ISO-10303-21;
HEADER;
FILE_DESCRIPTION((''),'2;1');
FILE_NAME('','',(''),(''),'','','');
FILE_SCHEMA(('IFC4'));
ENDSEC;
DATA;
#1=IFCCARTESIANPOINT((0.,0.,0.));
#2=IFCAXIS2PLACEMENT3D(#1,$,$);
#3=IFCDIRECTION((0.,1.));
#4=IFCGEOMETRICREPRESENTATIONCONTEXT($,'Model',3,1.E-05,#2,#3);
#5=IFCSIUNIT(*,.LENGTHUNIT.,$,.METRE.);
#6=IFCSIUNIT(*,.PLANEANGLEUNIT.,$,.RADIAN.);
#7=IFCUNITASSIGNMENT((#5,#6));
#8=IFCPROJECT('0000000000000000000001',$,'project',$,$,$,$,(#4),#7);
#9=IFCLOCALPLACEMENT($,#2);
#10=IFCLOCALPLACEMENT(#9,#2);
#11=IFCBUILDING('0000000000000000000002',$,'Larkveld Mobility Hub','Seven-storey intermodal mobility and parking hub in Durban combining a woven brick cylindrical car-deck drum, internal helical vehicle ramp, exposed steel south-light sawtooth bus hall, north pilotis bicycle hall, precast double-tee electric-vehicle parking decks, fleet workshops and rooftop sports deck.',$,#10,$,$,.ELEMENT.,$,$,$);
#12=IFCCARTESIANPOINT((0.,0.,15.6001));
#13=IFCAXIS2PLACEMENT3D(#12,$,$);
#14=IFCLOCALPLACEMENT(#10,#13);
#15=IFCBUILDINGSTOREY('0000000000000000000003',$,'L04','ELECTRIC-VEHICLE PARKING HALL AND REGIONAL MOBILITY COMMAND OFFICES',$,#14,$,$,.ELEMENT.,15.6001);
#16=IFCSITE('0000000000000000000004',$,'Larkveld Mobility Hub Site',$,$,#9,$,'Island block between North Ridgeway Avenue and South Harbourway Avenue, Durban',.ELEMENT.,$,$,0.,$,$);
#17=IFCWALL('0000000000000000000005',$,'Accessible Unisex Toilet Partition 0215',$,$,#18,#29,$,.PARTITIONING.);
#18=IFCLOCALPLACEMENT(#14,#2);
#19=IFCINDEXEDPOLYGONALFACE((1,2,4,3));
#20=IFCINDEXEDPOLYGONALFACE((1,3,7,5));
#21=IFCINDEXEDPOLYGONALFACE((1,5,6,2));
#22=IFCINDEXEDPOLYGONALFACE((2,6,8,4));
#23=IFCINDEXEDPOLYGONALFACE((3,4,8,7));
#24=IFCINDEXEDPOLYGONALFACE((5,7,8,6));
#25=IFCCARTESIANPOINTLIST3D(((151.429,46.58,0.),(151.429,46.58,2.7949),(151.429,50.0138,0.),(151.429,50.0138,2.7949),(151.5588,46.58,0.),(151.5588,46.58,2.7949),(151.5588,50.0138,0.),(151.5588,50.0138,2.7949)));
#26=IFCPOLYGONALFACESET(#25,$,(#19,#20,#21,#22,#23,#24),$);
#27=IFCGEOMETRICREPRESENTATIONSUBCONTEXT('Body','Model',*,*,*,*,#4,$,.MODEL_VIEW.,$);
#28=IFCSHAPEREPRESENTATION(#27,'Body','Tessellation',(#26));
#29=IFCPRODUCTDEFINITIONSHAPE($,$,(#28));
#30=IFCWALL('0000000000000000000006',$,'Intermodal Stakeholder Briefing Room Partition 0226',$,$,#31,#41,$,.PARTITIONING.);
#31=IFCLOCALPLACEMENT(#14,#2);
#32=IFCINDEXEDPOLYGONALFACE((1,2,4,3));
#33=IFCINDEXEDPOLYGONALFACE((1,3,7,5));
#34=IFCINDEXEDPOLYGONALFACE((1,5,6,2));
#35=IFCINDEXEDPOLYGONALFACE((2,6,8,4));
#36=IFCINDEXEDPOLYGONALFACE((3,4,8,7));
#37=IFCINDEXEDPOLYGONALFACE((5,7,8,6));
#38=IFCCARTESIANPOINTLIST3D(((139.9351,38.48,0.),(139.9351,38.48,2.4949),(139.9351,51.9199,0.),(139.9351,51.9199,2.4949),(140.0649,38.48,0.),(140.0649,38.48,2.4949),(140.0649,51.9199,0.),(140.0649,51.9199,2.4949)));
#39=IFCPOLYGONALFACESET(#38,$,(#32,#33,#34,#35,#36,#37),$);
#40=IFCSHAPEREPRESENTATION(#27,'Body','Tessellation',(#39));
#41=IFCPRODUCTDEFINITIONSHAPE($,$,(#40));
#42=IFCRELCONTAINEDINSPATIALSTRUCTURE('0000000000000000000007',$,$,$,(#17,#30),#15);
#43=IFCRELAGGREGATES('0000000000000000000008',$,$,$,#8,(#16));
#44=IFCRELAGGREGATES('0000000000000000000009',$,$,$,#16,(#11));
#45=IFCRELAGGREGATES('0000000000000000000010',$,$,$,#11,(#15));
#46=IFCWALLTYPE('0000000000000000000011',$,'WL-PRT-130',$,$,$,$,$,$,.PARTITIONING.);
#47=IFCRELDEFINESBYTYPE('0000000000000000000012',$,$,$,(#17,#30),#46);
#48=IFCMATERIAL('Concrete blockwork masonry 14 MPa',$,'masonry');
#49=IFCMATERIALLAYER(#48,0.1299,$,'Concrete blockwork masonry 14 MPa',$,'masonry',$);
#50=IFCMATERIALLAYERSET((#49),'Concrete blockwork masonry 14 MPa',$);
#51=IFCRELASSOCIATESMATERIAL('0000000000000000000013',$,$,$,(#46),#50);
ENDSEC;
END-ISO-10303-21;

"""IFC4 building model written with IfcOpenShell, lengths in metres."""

from ifc_helpers import new_model, si_unit, direction, frame, frame_2d, origin, place, context, subcontext, project, spatial, rectangle, extrude, material, layer, layer_set, type_object, element, save


model = new_model("IFC4")

# Units and contexts
model_context = context("Model", 3, precision=1e-05, world=origin(), true_north=direction((0.0, 1.0)))
body_context = subcontext(model_context, "Body", "Model", "MODEL_VIEW")
ifc_project = project(units=[si_unit("LENGTHUNIT", "METRE"), si_unit("PLANEANGLEUNIT", "RADIAN")], contexts=[model_context])

# Site, building, storey
site_placement = place(None, origin())
site = spatial("IfcSite", under=ifc_project, at=site_placement, Name="Larkveld Mobility Hub Site", LongName="Island block between North Ridgeway Avenue and South Harbourway Avenue, Durban", CompositionType="ELEMENT", RefElevation=0.0)
building_placement = place(site_placement, origin())
building = spatial("IfcBuilding", under=site, at=building_placement, Name="Larkveld Mobility Hub", Description="Seven-storey intermodal mobility and parking hub in Durban combining a woven brick cylindrical car-deck drum, internal helical vehicle ramp, exposed steel south-light sawtooth bus hall, north pilotis bicycle hall, precast double-tee electric-vehicle parking decks, fleet workshops and rooftop sports deck.", CompositionType="ELEMENT")
storey_placement = place(building_placement, frame((0.0, 0.0, 15.6001)))
storey = spatial("IfcBuildingStorey", under=building, at=storey_placement, Name="L04", Description="ELECTRIC-VEHICLE PARKING HALL AND REGIONAL MOBILITY COMMAND OFFICES", CompositionType="ELEMENT", Elevation=15.6001)

# Shared definitions
ifc_material_1 = material(Name="Concrete blockwork masonry 14 MPa", Category="masonry")

# Shared definitions
ifc_layer_1 = layer(ifc_material_1, 0.1299, Name="Concrete blockwork masonry 14 MPa", Category="masonry")
ifc_layer_set_1 = layer_set([ifc_layer_1], Name="Concrete blockwork masonry 14 MPa")
wall_type_1 = type_object("IfcWallType", Name="WL-PRT-130", PredefinedType="PARTITIONING", material=ifc_layer_set_1)

# Walls
wall_1_placement = place(storey_placement, frame((151.4939, 46.5801, 0.0), z_axis=(0.0, 0.0, 1.0), x_axis=(0.0, 1.0, 0.0)))
element("IfcWall", 1, at=wall_1_placement, inside=storey, type_object=wall_type_1, Name="Accessible Unisex Toilet Partition 0215", PredefinedType="PARTITIONING", context=body_context, shape_type="SweptSolid", body=[
    extrude(rectangle(XDim=3.4338, YDim=0.1299, at=frame_2d((1.7168, 0.0))), origin(), (0.0, 0.0, 1.0), 2.7949),
])
wall_2_placement = place(storey_placement, frame((140.0, 38.48, 0.0), z_axis=(0.0, 0.0, 1.0), x_axis=(0.0, 1.0, 0.0)))
element("IfcWall", 2, at=wall_2_placement, inside=storey, type_object=wall_type_1, Name="Intermodal Stakeholder Briefing Room Partition 0226", PredefinedType="PARTITIONING", context=body_context, shape_type="SweptSolid", body=[
    extrude(rectangle(XDim=13.4399, YDim=0.1299, at=frame_2d((6.72, 0.0))), origin(), (0.0, 0.0, 1.0), 2.4949),
])

save(model, "model.ifc")
